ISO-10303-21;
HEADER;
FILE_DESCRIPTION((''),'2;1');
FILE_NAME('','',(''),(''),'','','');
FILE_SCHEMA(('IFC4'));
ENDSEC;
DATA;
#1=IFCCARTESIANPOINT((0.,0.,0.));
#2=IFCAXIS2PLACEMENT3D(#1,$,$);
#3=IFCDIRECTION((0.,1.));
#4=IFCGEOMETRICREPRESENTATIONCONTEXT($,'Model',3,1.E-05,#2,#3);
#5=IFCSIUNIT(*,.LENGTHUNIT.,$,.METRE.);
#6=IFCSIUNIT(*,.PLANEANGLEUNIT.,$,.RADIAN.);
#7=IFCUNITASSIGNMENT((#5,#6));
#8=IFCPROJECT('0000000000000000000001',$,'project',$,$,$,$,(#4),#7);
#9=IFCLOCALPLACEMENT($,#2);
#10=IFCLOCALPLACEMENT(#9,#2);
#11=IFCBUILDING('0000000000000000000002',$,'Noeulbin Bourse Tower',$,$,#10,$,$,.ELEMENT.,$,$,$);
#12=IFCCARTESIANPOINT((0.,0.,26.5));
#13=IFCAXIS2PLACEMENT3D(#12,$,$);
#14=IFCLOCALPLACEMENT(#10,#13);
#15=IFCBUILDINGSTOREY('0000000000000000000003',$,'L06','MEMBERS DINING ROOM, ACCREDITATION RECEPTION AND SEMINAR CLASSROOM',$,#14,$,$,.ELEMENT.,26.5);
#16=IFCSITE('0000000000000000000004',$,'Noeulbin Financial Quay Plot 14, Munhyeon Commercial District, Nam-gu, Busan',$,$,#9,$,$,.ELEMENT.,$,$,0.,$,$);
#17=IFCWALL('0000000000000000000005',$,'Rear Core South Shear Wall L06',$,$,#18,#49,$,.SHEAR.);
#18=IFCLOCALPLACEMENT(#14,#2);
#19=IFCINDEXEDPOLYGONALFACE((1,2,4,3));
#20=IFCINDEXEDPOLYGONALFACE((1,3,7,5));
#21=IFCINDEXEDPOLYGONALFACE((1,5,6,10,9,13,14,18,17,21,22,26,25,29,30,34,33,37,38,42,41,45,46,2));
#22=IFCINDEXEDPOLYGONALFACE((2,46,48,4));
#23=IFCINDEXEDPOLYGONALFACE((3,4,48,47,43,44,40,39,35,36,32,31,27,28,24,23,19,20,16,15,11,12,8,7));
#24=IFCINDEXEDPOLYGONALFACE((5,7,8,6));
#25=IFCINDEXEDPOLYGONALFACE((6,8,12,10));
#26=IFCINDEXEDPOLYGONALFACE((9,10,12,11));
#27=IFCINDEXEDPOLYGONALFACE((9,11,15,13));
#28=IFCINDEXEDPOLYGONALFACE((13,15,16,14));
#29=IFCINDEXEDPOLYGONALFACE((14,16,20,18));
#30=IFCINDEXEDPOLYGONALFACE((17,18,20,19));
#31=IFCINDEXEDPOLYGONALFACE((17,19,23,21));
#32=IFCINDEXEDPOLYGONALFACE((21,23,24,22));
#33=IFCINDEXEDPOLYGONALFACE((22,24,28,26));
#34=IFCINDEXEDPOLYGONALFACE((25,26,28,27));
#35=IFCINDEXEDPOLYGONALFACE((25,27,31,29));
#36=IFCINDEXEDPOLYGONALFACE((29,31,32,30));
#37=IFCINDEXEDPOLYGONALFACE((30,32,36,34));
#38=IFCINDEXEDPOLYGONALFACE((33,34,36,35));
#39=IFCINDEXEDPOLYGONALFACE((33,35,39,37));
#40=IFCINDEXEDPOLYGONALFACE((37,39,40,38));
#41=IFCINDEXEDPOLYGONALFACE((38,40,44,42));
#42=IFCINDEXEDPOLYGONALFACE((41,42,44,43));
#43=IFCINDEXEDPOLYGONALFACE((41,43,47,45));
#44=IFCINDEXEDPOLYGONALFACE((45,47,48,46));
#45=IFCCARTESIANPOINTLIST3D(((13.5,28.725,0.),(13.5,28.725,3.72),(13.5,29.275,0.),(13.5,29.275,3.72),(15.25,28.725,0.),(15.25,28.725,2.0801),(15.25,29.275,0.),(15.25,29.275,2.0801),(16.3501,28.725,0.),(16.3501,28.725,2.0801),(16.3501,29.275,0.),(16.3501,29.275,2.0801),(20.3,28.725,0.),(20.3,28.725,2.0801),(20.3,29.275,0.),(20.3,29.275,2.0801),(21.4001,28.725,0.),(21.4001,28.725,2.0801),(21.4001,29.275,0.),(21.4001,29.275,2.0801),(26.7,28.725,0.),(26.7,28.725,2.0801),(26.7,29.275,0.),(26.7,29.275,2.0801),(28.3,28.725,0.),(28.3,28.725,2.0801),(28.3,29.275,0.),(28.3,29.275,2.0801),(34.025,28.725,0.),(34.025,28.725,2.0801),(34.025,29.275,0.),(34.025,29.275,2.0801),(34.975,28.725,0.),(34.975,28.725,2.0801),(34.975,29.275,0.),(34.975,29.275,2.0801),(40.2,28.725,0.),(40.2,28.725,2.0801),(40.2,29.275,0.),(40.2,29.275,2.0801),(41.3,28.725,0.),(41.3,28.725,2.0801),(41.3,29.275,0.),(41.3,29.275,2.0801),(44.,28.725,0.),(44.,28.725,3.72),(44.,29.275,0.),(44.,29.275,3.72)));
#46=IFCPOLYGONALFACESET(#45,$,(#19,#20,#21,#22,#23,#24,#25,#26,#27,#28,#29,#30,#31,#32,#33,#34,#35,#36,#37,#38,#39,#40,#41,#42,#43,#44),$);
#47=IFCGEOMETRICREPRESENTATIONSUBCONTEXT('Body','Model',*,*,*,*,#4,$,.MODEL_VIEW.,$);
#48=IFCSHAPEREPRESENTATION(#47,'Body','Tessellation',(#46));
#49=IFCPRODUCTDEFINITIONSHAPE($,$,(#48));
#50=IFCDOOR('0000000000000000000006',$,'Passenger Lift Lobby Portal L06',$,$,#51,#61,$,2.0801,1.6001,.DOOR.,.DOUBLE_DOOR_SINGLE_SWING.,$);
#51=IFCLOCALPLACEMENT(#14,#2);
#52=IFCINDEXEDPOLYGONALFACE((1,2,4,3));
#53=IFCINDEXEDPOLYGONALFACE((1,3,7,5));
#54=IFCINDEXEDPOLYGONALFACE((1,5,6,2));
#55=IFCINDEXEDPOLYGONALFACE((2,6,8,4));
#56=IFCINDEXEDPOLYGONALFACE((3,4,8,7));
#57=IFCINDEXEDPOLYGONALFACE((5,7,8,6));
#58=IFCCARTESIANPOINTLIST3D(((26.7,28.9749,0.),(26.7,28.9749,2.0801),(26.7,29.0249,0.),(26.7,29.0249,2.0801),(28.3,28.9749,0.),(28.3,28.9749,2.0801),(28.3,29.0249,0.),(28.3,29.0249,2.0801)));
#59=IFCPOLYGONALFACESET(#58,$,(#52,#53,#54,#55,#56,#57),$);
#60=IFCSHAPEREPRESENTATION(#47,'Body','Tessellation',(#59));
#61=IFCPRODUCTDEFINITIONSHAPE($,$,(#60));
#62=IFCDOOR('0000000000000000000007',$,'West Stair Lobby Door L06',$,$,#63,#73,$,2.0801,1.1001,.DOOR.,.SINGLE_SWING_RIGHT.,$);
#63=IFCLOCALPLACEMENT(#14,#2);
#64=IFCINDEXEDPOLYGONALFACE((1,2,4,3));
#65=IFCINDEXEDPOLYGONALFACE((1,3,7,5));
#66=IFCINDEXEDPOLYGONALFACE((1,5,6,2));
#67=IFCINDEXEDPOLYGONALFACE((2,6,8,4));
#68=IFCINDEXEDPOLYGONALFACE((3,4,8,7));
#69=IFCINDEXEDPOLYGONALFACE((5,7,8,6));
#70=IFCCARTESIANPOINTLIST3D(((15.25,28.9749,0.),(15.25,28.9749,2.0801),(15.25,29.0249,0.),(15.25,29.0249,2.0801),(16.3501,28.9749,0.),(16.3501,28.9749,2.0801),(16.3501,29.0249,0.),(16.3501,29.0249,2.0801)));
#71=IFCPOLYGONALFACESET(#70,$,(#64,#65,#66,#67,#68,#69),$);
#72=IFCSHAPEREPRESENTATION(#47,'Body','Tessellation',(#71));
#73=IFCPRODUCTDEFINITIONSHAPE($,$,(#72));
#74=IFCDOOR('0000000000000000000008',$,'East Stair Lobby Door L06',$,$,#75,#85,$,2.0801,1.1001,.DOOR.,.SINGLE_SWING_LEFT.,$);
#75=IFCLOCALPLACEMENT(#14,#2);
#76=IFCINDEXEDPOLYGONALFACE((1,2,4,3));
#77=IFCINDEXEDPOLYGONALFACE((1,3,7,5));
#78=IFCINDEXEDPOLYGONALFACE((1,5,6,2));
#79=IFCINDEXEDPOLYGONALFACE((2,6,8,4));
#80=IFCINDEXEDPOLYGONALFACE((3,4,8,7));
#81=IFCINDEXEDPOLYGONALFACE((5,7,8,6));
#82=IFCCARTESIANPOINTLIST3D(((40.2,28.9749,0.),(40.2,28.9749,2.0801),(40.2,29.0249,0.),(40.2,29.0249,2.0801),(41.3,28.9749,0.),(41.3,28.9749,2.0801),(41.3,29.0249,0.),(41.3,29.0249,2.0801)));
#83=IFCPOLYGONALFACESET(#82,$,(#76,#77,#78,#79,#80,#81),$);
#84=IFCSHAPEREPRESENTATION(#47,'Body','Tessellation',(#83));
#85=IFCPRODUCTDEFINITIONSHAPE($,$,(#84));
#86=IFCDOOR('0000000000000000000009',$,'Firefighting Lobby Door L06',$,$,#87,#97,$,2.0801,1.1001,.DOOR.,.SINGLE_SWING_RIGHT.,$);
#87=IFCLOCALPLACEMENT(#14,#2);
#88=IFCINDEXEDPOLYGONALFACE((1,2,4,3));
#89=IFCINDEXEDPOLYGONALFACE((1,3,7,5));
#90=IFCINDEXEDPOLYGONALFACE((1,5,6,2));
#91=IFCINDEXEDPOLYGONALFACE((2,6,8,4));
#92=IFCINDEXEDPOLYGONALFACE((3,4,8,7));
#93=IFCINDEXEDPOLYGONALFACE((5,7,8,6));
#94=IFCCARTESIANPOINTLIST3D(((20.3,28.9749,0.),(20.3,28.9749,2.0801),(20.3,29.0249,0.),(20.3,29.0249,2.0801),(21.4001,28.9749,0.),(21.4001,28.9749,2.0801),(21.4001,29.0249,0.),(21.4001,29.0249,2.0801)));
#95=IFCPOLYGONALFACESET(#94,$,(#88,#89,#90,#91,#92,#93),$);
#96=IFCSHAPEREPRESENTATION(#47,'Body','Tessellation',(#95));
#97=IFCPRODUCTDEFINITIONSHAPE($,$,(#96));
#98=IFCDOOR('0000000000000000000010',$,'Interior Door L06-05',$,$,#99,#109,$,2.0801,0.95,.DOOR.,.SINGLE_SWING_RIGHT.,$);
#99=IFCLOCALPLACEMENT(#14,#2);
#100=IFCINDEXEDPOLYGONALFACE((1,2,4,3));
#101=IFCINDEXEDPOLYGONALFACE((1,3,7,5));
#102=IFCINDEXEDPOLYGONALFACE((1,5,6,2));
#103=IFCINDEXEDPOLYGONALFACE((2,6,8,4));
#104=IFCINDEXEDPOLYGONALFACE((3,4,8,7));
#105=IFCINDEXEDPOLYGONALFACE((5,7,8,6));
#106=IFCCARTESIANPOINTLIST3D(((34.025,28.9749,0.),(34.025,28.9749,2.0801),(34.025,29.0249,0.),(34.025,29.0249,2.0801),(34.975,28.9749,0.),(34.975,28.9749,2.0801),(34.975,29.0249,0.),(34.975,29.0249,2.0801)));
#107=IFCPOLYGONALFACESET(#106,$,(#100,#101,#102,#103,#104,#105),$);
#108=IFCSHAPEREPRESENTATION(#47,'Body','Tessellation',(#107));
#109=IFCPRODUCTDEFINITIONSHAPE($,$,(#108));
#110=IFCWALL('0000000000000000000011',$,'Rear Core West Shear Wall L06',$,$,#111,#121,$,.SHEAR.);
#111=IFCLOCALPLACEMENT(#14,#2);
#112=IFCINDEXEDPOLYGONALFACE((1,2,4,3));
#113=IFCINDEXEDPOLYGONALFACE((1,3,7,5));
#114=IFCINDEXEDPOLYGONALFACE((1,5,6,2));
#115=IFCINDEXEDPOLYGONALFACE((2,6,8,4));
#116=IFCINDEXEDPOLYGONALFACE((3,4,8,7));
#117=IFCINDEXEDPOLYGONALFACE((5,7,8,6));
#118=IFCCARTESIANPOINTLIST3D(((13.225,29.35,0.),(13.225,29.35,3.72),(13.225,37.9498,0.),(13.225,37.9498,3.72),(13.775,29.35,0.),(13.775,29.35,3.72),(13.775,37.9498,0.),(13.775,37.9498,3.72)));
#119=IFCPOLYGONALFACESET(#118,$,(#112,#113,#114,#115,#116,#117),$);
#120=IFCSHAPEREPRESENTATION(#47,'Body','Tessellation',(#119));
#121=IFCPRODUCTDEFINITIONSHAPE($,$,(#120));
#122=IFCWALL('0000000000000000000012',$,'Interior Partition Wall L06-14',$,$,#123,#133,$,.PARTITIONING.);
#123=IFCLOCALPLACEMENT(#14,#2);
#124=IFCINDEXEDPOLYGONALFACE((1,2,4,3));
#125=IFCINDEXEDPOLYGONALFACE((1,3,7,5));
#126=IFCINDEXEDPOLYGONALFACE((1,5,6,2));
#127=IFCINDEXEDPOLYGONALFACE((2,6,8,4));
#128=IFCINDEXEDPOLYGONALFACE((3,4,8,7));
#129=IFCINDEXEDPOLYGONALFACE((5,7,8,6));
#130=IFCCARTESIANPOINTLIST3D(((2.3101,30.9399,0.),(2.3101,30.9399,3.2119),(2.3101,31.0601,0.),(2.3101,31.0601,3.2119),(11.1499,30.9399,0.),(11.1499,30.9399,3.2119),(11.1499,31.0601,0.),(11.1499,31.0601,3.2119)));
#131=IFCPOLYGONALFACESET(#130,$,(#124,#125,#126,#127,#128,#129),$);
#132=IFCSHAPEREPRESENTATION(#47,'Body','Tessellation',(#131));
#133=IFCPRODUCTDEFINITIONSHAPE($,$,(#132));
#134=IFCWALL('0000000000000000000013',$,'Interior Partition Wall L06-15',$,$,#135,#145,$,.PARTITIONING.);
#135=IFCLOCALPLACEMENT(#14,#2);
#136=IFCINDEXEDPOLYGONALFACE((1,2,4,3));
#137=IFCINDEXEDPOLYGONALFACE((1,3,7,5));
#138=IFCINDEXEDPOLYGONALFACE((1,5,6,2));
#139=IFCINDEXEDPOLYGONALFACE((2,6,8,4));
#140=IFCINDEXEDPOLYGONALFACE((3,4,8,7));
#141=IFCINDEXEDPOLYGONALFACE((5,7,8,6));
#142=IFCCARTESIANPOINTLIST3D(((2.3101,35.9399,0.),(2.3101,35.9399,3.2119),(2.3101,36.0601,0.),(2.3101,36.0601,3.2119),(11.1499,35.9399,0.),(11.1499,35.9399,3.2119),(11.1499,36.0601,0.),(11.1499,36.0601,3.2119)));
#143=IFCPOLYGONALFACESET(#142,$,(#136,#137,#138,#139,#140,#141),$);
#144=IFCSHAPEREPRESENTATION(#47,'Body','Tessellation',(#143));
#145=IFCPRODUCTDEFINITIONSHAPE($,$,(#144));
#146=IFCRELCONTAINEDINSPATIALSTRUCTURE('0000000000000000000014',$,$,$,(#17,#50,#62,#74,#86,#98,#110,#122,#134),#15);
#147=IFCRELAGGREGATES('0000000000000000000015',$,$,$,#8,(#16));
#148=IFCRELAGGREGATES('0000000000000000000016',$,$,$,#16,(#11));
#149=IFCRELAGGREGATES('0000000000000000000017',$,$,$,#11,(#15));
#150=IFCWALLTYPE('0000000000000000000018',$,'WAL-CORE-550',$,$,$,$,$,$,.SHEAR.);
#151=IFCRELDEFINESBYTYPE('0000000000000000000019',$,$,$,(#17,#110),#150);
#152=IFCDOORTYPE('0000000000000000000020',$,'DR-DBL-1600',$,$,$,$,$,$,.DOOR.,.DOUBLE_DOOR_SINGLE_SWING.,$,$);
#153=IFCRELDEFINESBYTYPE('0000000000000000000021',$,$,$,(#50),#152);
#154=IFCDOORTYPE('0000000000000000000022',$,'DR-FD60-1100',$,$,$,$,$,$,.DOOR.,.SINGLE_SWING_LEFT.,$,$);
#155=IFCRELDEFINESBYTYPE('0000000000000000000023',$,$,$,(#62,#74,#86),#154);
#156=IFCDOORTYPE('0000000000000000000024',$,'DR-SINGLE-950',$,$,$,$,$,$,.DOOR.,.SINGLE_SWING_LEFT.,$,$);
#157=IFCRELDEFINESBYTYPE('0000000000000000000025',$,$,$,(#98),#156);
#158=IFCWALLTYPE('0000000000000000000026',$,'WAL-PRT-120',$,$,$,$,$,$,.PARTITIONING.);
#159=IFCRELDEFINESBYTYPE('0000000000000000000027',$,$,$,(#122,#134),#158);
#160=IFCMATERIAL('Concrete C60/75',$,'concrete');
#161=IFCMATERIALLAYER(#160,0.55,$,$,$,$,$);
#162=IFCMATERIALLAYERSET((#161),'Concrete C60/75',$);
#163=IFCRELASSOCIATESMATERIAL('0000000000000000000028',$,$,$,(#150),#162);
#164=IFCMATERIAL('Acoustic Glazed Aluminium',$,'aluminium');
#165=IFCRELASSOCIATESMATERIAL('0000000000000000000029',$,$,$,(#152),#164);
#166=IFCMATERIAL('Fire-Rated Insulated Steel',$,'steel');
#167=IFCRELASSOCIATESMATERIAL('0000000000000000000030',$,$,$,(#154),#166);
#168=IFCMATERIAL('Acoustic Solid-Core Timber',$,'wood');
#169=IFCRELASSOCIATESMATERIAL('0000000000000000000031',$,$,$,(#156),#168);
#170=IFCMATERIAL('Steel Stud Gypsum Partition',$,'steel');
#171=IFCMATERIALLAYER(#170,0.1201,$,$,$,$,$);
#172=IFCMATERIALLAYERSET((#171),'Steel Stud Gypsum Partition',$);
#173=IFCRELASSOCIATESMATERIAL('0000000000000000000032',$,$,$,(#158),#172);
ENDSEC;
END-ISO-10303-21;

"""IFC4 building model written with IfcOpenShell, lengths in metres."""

from ifc_helpers import new_model, si_unit, direction, frame, frame_2d, origin, place, context, subcontext, project, spatial, rectangle, extrude, material, layer, layer_set, type_object, element, fill, save


model = new_model("IFC4")

# Units and contexts
model_context = context("Model", 3, precision=1e-05, world=origin(), true_north=direction((0.0, 1.0)))
body_context = subcontext(model_context, "Body", "Model", "MODEL_VIEW")
ifc_project = project(units=[si_unit("LENGTHUNIT", "METRE"), si_unit("PLANEANGLEUNIT", "RADIAN")], contexts=[model_context])

# Site, building, storey
site_placement = place(None, origin())
site = spatial("IfcSite", under=ifc_project, at=site_placement, Name="Noeulbin Financial Quay Plot 14, Munhyeon Commercial District, Nam-gu, Busan", CompositionType="ELEMENT", RefElevation=0.0)
building_placement = place(site_placement, origin())
building = spatial("IfcBuilding", under=site, at=building_placement, Name="Noeulbin Bourse Tower", CompositionType="ELEMENT")
storey_placement = place(building_placement, frame((0.0, 0.0, 26.5)))
storey = spatial("IfcBuildingStorey", under=building, at=storey_placement, Name="L06", Description="MEMBERS DINING ROOM, ACCREDITATION RECEPTION AND SEMINAR CLASSROOM", CompositionType="ELEMENT", Elevation=26.5)

# Wall, openings, doors
ifc_material_1 = material(Name="Concrete C60/75", Category="concrete")
ifc_layer_1 = layer(ifc_material_1, 0.55)
ifc_layer_set_1 = layer_set([ifc_layer_1], Name="Concrete C60/75")
wall_type_1 = type_object("IfcWallType", Name="WAL-CORE-550", PredefinedType="SHEAR", material=ifc_layer_set_1)
wall_1_placement = place(storey_placement, frame((13.5, 29.0, 0.0), z_axis=(0.0, 0.0, 1.0), x_axis=(1.0, 0.0, 0.0)))
wall_1 = element("IfcWall", 1, at=wall_1_placement, inside=storey, type_object=wall_type_1, Name="Rear Core South Shear Wall L06", PredefinedType="SHEAR", context=body_context, shape_type="SweptSolid", body=[
    extrude(rectangle(XDim=30.5, YDim=0.55, at=frame_2d((15.25, 0.0))), origin(), (0.0, 0.0, 1.0), 3.72),
])
opening_1_placement = place(wall_1_placement, frame((1.75, 0.0, 0.0)))
opening_1 = element("IfcOpeningElement", 2, at=opening_1_placement, cuts=wall_1, PredefinedType="OPENING", context=body_context, shape_type="SweptSolid", body=[
    extrude(rectangle(XDim=1.1001, YDim=2.0801, at=frame_2d((0.55, 1.04))), frame((0.0, 0.2849, 0.0), z_axis=(0.0, -1.0, 0.0), x_axis=(1.0, 0.0, 0.0)), (0.0, 0.0, 1.0), 0.5701),
])
opening_2_placement = place(wall_1_placement, frame((26.7, 0.0, 0.0)))
opening_2 = element("IfcOpeningElement", 3, at=opening_2_placement, cuts=wall_1, PredefinedType="OPENING", context=body_context, shape_type="SweptSolid", body=[
    extrude(rectangle(XDim=1.1001, YDim=2.0801, at=frame_2d((0.55, 1.04))), frame((0.0, 0.2849, 0.0), z_axis=(0.0, -1.0, 0.0), x_axis=(1.0, 0.0, 0.0)), (0.0, 0.0, 1.0), 0.5701),
])
opening_3_placement = place(wall_1_placement, frame((6.8, 0.0, 0.0)))
opening_3 = element("IfcOpeningElement", 4, at=opening_3_placement, cuts=wall_1, PredefinedType="OPENING", context=body_context, shape_type="SweptSolid", body=[
    extrude(rectangle(XDim=1.1001, YDim=2.0801, at=frame_2d((0.55, 1.04))), frame((0.0, 0.2849, 0.0), z_axis=(0.0, -1.0, 0.0), x_axis=(1.0, 0.0, 0.0)), (0.0, 0.0, 1.0), 0.5701),
])
opening_4_placement = place(wall_1_placement, frame((13.2, 0.0, 0.0)))
opening_4 = element("IfcOpeningElement", 5, at=opening_4_placement, cuts=wall_1, PredefinedType="OPENING", context=body_context, shape_type="SweptSolid", body=[
    extrude(rectangle(XDim=1.6001, YDim=2.0801, at=frame_2d((0.8, 1.04))), frame((0.0, 0.2849, 0.0), z_axis=(0.0, -1.0, 0.0), x_axis=(1.0, 0.0, 0.0)), (0.0, 0.0, 1.0), 0.5701),
])
opening_5_placement = place(wall_1_placement, frame((20.5249, 0.0, 0.0)))
opening_5 = element("IfcOpeningElement", 6, at=opening_5_placement, cuts=wall_1, PredefinedType="OPENING", context=body_context, shape_type="SweptSolid", body=[
    extrude(rectangle(XDim=0.95, YDim=2.0801, at=frame_2d((0.4751, 1.04))), frame((0.0, 0.2849, 0.0), z_axis=(0.0, -1.0, 0.0), x_axis=(1.0, 0.0, 0.0)), (0.0, 0.0, 1.0), 0.5701),
])
ifc_material_2 = material(Name="Acoustic Glazed Aluminium", Category="aluminium")
door_type_1 = type_object("IfcDoorType", Name="DR-DBL-1600", OperationType="DOUBLE_DOOR_SINGLE_SWING", PredefinedType="DOOR", material=ifc_material_2)
door_1_placement = place(opening_4_placement, origin())
door_1 = element("IfcDoor", 7, at=door_1_placement, inside=storey, type_object=door_type_1, Name="Passenger Lift Lobby Portal L06", OperationType="DOUBLE_DOOR_SINGLE_SWING", OverallHeight=2.0801, OverallWidth=1.6001, PredefinedType="DOOR", context=body_context, shape_type="SweptSolid", body=[
    extrude(rectangle(XDim=1.6001, YDim=2.0801, at=frame_2d((0.8, 1.04))), frame((0.0, 0.0249, 0.0), z_axis=(0.0, -1.0, 0.0), x_axis=(1.0, 0.0, 0.0)), (0.0, 0.0, 1.0), 0.05),
])
fill(opening_4, door_1)
ifc_material_3 = material(Name="Fire-Rated Insulated Steel", Category="steel")
door_type_2 = type_object("IfcDoorType", Name="DR-FD60-1100", OperationType="SINGLE_SWING_LEFT", PredefinedType="DOOR", material=ifc_material_3)
door_2_placement = place(opening_1_placement, origin())
door_2 = element("IfcDoor", 8, at=door_2_placement, inside=storey, type_object=door_type_2, Name="West Stair Lobby Door L06", OperationType="SINGLE_SWING_RIGHT", OverallHeight=2.0801, OverallWidth=1.1001, PredefinedType="DOOR", context=body_context, shape_type="SweptSolid", body=[
    extrude(rectangle(XDim=1.1001, YDim=2.0801, at=frame_2d((0.55, 1.04))), frame((0.0, 0.0249, 0.0), z_axis=(0.0, -1.0, 0.0), x_axis=(1.0, 0.0, 0.0)), (0.0, 0.0, 1.0), 0.05),
])
fill(opening_1, door_2)
door_3_placement = place(opening_2_placement, origin())
door_3 = element("IfcDoor", 9, at=door_3_placement, inside=storey, type_object=door_type_2, Name="East Stair Lobby Door L06", OperationType="SINGLE_SWING_LEFT", OverallHeight=2.0801, OverallWidth=1.1001, PredefinedType="DOOR", context=body_context, shape_type="SweptSolid", body=[
    extrude(rectangle(XDim=1.1001, YDim=2.0801, at=frame_2d((0.55, 1.04))), frame((0.0, 0.0249, 0.0), z_axis=(0.0, -1.0, 0.0), x_axis=(1.0, 0.0, 0.0)), (0.0, 0.0, 1.0), 0.05),
])
fill(opening_2, door_3)
door_4_placement = place(opening_3_placement, origin())
door_4 = element("IfcDoor", 10, at=door_4_placement, inside=storey, type_object=door_type_2, Name="Firefighting Lobby Door L06", OperationType="SINGLE_SWING_RIGHT", OverallHeight=2.0801, OverallWidth=1.1001, PredefinedType="DOOR", context=body_context, shape_type="SweptSolid", body=[
    extrude(rectangle(XDim=1.1001, YDim=2.0801, at=frame_2d((0.55, 1.04))), frame((0.0, 0.0249, 0.0), z_axis=(0.0, -1.0, 0.0), x_axis=(1.0, 0.0, 0.0)), (0.0, 0.0, 1.0), 0.05),
])
fill(opening_3, door_4)
ifc_material_4 = material(Name="Acoustic Solid-Core Timber", Category="wood")
door_type_3 = type_object("IfcDoorType", Name="DR-SINGLE-950", OperationType="SINGLE_SWING_LEFT", PredefinedType="DOOR", material=ifc_material_4)
door_5_placement = place(opening_5_placement, origin())
door_5 = element("IfcDoor", 11, at=door_5_placement, inside=storey, type_object=door_type_3, Name="Interior Door L06-05", OperationType="SINGLE_SWING_RIGHT", OverallHeight=2.0801, OverallWidth=0.95, PredefinedType="DOOR", context=body_context, shape_type="SweptSolid", body=[
    extrude(rectangle(XDim=0.95, YDim=2.0801, at=frame_2d((0.4751, 1.04))), frame((0.0, 0.0249, 0.0), z_axis=(0.0, -1.0, 0.0), x_axis=(1.0, 0.0, 0.0)), (0.0, 0.0, 1.0), 0.05),
])
fill(opening_5, door_5)

# Walls
wall_2_placement = place(storey_placement, frame((13.5, 29.3501, 0.0), z_axis=(0.0, 0.0, 1.0), x_axis=(0.0, 1.0, 0.0)))
element("IfcWall", 12, at=wall_2_placement, inside=storey, type_object=wall_type_1, Name="Rear Core West Shear Wall L06", PredefinedType="SHEAR", context=body_context, shape_type="SweptSolid", body=[
    extrude(rectangle(XDim=8.5999, YDim=0.55, at=frame_2d((4.2998, 0.0))), origin(), (0.0, 0.0, 1.0), 3.72),
])
ifc_material_5 = material(Name="Steel Stud Gypsum Partition", Category="steel")
ifc_layer_2 = layer(ifc_material_5, 0.1201)
ifc_layer_set_2 = layer_set([ifc_layer_2], Name="Steel Stud Gypsum Partition")
wall_type_2 = type_object("IfcWallType", Name="WAL-PRT-120", PredefinedType="PARTITIONING", material=ifc_layer_set_2)
for number, where, z_axis, x_axis, name in (
    (13, (2.3101, 31.0, 0.0), (0.0, 0.0, 1.0), (1.0, 0.0, 0.0), "Interior Partition Wall L06-14"),
    (14, (2.3101, 36.0, 0.0), (0.0, 0.0, 1.0), (1.0, 0.0, 0.0), "Interior Partition Wall L06-15"),
):
    element("IfcWall", number, at=place(storey_placement, frame(where, z_axis=z_axis, x_axis=x_axis)), inside=storey, type_object=wall_type_2, Name=name, PredefinedType="PARTITIONING", context=body_context, shape_type="SweptSolid", body=[
        extrude(rectangle(XDim=8.8398, YDim=0.1201, at=frame_2d((4.4199, 0.0))), origin(), (0.0, 0.0, 1.0), 3.2119),
    ])

save(model, "model.ifc")
